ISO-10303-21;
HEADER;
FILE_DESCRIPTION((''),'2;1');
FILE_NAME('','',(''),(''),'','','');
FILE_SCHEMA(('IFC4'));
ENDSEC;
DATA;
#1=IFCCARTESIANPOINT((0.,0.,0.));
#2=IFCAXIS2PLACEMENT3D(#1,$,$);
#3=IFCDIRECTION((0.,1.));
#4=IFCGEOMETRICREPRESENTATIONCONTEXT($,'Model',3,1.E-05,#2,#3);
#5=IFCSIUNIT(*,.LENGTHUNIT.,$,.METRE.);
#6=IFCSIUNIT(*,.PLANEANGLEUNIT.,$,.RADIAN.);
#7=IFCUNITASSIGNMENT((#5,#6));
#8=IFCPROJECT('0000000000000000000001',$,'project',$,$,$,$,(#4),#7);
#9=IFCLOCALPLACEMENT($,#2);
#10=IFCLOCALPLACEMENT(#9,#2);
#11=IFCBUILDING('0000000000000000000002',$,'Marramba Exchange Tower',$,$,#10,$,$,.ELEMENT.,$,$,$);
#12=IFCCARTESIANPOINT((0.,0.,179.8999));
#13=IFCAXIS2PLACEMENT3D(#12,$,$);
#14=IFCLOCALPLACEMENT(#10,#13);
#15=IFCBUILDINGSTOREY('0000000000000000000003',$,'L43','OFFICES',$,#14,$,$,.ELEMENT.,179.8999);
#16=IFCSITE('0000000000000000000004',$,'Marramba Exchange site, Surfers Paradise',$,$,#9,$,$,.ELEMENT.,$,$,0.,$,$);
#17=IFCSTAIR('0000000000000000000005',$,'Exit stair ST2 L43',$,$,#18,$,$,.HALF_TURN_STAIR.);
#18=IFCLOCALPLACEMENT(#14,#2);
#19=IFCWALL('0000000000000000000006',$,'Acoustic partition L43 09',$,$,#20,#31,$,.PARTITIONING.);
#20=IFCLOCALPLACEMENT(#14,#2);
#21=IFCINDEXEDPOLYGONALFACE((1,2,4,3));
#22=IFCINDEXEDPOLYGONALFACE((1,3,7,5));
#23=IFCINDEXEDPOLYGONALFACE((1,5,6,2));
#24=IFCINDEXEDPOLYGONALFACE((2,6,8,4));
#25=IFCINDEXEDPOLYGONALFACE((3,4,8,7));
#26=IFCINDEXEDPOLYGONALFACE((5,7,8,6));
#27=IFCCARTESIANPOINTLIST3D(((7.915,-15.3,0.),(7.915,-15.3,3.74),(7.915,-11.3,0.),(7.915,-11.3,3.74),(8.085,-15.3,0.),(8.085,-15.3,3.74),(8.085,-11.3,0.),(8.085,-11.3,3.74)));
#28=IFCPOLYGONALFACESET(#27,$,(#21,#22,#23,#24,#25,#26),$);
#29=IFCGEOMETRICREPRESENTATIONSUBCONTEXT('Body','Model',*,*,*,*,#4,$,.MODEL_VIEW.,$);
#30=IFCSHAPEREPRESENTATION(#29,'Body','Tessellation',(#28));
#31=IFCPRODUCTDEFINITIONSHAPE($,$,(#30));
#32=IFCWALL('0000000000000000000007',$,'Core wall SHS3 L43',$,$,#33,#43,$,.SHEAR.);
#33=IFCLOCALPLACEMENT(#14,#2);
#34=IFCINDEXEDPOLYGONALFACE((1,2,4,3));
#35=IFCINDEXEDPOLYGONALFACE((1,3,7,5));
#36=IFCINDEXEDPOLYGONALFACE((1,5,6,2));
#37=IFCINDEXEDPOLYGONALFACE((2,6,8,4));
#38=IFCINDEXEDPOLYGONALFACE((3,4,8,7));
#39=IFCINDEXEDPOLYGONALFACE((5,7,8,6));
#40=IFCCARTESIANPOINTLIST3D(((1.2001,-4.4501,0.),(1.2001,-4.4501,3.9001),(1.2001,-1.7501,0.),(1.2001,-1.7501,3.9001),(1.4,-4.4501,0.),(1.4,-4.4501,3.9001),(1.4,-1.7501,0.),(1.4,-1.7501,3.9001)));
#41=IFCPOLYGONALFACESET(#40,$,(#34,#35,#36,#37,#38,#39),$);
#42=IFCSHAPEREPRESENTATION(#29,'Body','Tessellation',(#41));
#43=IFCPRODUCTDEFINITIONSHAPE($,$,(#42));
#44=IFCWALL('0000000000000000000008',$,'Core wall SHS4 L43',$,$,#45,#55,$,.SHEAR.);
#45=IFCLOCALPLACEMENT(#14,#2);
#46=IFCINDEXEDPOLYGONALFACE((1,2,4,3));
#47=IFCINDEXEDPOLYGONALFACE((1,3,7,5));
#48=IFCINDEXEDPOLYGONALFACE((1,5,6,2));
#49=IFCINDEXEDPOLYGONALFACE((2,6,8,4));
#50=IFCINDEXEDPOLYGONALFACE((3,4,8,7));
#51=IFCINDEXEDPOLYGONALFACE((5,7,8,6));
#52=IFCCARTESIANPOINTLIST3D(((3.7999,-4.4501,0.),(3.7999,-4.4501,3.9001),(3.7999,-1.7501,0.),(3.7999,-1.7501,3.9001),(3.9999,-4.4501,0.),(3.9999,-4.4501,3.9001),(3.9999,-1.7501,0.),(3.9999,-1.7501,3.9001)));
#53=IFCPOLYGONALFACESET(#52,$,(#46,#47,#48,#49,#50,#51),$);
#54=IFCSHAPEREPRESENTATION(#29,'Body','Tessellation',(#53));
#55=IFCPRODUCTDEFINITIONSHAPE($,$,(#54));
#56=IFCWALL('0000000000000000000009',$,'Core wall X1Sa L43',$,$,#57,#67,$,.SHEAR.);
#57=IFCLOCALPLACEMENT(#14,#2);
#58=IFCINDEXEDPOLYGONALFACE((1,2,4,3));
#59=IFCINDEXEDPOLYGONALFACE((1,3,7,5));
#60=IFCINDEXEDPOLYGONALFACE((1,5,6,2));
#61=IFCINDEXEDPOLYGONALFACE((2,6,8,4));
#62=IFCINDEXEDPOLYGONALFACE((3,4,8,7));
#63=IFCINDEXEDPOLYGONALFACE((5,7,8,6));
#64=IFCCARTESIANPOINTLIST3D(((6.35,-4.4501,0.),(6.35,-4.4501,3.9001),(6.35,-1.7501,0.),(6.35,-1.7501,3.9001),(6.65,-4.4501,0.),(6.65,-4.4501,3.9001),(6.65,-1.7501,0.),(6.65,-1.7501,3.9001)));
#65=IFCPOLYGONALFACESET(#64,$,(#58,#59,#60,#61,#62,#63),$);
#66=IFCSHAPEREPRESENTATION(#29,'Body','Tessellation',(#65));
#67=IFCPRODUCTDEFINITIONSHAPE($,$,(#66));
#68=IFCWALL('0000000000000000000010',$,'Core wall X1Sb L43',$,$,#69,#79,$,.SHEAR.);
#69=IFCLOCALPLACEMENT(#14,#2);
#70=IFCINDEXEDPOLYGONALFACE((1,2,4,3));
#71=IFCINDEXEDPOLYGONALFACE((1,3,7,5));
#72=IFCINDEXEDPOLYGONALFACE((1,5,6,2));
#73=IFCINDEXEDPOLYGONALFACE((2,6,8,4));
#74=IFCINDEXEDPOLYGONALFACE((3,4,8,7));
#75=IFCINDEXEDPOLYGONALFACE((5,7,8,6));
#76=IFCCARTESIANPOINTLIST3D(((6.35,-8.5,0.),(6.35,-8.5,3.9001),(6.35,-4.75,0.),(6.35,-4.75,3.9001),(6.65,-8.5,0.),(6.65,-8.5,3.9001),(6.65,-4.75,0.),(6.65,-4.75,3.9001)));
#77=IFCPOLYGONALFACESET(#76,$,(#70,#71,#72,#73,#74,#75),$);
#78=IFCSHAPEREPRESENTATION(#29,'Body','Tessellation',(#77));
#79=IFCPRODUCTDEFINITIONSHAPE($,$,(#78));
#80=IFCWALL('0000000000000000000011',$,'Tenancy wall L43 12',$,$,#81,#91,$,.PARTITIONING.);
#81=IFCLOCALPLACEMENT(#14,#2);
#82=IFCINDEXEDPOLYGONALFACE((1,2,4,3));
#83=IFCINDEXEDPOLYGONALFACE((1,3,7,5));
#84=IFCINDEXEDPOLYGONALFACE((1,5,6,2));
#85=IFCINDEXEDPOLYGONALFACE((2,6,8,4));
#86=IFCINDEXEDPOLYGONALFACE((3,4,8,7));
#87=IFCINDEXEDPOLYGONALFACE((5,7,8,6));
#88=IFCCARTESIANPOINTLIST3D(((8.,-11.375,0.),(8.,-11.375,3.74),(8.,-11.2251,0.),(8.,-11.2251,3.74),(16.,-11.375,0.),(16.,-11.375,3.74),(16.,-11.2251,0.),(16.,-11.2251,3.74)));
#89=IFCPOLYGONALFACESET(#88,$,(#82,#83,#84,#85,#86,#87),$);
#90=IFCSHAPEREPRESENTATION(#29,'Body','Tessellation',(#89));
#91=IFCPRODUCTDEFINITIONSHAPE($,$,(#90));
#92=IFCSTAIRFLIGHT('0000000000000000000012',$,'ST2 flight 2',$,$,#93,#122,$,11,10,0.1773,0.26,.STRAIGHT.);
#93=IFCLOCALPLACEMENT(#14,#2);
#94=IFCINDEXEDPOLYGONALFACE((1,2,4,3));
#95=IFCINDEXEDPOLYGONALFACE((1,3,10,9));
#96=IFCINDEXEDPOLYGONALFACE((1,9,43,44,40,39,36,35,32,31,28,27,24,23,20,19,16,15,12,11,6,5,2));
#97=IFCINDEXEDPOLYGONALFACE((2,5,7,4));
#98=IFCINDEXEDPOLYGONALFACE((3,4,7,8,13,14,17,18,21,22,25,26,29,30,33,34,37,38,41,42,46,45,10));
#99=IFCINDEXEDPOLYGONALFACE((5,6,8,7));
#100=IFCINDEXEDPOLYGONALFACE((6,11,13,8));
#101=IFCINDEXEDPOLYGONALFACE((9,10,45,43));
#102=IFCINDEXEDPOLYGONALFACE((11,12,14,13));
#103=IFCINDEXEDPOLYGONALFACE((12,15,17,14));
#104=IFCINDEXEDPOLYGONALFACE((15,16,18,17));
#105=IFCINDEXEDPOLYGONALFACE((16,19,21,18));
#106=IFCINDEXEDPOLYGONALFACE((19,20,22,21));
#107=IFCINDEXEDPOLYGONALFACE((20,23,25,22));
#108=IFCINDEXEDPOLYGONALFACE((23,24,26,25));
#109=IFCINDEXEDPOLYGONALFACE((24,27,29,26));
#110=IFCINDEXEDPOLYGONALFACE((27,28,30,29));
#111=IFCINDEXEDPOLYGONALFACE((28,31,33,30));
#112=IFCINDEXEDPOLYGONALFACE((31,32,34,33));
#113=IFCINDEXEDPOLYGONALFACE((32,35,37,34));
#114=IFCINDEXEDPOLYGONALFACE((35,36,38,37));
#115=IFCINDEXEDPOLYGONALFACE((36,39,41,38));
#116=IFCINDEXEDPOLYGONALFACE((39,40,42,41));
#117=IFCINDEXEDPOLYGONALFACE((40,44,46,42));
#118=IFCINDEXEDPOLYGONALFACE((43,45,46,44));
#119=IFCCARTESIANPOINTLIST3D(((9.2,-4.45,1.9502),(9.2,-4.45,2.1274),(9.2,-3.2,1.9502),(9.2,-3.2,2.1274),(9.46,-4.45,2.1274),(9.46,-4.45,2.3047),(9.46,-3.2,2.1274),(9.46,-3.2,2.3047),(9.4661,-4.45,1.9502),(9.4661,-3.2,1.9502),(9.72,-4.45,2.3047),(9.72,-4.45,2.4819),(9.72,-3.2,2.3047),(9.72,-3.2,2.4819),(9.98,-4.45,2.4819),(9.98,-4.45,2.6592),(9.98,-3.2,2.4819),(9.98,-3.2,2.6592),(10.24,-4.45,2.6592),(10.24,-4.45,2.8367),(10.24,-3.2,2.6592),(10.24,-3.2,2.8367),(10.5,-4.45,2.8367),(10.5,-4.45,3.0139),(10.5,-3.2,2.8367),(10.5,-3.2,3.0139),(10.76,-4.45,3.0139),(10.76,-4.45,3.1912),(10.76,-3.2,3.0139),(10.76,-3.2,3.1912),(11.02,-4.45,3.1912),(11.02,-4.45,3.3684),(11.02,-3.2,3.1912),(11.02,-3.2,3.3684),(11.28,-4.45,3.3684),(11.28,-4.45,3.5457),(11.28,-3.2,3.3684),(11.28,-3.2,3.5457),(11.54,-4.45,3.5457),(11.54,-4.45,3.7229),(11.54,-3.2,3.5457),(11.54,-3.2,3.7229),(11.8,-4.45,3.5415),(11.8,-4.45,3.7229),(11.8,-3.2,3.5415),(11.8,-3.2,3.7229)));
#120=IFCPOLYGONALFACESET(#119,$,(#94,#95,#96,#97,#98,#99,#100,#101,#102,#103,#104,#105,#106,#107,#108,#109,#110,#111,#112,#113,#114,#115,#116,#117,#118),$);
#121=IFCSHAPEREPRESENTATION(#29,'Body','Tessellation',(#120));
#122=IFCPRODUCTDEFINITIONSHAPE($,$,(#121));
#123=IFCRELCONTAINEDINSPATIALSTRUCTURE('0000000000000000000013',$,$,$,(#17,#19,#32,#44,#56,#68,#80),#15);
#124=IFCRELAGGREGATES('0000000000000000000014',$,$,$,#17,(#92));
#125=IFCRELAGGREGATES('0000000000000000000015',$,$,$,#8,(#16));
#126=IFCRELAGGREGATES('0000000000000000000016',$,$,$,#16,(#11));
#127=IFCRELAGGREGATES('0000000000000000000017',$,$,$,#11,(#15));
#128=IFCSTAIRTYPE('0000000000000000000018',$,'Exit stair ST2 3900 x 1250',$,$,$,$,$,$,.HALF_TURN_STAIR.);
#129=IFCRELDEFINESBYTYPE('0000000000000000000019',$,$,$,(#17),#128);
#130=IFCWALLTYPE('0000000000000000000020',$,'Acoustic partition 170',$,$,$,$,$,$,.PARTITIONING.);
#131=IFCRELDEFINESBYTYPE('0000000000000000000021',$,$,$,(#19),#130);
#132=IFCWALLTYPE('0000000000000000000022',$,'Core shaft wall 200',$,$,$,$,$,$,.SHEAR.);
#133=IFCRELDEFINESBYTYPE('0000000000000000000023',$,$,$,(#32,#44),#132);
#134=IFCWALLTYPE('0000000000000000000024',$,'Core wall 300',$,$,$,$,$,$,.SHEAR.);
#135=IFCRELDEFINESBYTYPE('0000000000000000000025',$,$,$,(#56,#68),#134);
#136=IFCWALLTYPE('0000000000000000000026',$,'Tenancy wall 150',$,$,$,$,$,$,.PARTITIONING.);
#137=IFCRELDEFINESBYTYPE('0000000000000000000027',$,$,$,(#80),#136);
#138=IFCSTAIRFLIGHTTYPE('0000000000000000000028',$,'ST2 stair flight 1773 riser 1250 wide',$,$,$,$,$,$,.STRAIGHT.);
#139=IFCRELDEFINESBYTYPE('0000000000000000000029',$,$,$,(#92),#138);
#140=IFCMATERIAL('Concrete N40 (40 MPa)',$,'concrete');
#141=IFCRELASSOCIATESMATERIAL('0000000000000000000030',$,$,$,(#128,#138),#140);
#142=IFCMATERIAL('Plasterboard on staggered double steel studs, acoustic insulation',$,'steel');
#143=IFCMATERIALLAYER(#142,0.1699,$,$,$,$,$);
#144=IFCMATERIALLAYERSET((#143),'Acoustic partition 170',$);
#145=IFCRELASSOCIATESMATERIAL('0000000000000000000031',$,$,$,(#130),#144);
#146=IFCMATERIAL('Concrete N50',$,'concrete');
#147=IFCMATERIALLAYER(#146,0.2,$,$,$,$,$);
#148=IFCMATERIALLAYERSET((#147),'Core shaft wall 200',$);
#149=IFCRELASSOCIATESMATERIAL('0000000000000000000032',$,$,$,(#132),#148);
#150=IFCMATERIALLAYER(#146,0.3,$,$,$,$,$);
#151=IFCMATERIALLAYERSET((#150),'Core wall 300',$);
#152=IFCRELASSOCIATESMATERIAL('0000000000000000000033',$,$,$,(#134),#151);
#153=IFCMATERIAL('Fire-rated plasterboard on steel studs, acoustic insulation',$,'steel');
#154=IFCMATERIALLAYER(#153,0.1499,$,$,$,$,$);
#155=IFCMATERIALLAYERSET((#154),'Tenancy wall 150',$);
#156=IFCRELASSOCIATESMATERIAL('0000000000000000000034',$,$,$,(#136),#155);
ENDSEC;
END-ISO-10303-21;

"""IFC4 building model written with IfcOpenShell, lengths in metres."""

from ifc_helpers import new_model, si_unit, direction, frame, frame_2d, origin, place, context, subcontext, project, spatial, polyline, rectangle, outline, extrude, material, layer, layer_set, type_object, element, aggregate, save


model = new_model("IFC4")

# Units and contexts
model_context = context("Model", 3, precision=1e-05, world=origin(), true_north=direction((0.0, 1.0)))
body_context = subcontext(model_context, "Body", "Model", "MODEL_VIEW")
ifc_project = project(units=[si_unit("LENGTHUNIT", "METRE"), si_unit("PLANEANGLEUNIT", "RADIAN")], contexts=[model_context])

# Site, building, storey
site_placement = place(None, origin())
site = spatial("IfcSite", under=ifc_project, at=site_placement, Name="Marramba Exchange site, Surfers Paradise", CompositionType="ELEMENT", RefElevation=0.0)
building_placement = place(site_placement, origin())
building = spatial("IfcBuilding", under=site, at=building_placement, Name="Marramba Exchange Tower", CompositionType="ELEMENT")
storey_placement = place(building_placement, frame((0.0, 0.0, 179.8999)))
storey = spatial("IfcBuildingStorey", under=building, at=storey_placement, Name="L43", Description="OFFICES", CompositionType="ELEMENT", Elevation=179.8999)

# Stair
ifc_material_1 = material(Name="Concrete N40 (40 MPa)", Category="concrete")
stair_type_1 = type_object("IfcStairType", Name="Exit stair ST2 3900 x 1250", PredefinedType="HALF_TURN_STAIR", material=ifc_material_1)
stair_1_placement = place(storey_placement, origin())
stair_1 = element("IfcStair", 1, at=stair_1_placement, inside=storey, type_object=stair_type_1, Name="Exit stair ST2 L43", PredefinedType="HALF_TURN_STAIR")

# Walls
ifc_material_2 = material(Name="Plasterboard on staggered double steel studs, acoustic insulation", Category="steel")
ifc_layer_1 = layer(ifc_material_2, 0.1699)
ifc_layer_set_1 = layer_set([ifc_layer_1], Name="Acoustic partition 170")
wall_type_1 = type_object("IfcWallType", Name="Acoustic partition 170", PredefinedType="PARTITIONING", material=ifc_layer_set_1)
wall_1_placement = place(storey_placement, frame((8.0, -11.3, 0.0), z_axis=(0.0, 0.0, 1.0), x_axis=(0.0, -1.0, 0.0)))
element("IfcWall", 2, at=wall_1_placement, inside=storey, type_object=wall_type_1, Name="Acoustic partition L43 09", PredefinedType="PARTITIONING", context=body_context, shape_type="SweptSolid", body=[
    extrude(rectangle(XDim=4.0, YDim=0.1699, at=frame_2d((2.0, 0.0))), origin(), (0.0, 0.0, 1.0), 3.74),
])
ifc_material_3 = material(Name="Concrete N50", Category="concrete")
ifc_layer_2 = layer(ifc_material_3, 0.2)
ifc_layer_set_2 = layer_set([ifc_layer_2], Name="Core shaft wall 200")
wall_type_2 = type_object("IfcWallType", Name="Core shaft wall 200", PredefinedType="SHEAR", material=ifc_layer_set_2)
for number, where, z_axis, x_axis, name in (
    (3, (1.3, -1.75, 0.0), (0.0, 0.0, 1.0), (0.0, -1.0, 0.0), "Core wall SHS3 L43"),
    (4, (3.8999, -1.75, 0.0), (0.0, 0.0, 1.0), (0.0, -1.0, 0.0), "Core wall SHS4 L43"),
):
    element("IfcWall", number, at=place(storey_placement, frame(where, z_axis=z_axis, x_axis=x_axis)), inside=storey, type_object=wall_type_2, Name=name, PredefinedType="SHEAR", context=body_context, shape_type="SweptSolid", body=[
        extrude(rectangle(XDim=2.7, YDim=0.2, at=frame_2d((1.3501, 0.0))), origin(), (0.0, 0.0, 1.0), 3.9001),
    ])
ifc_layer_3 = layer(ifc_material_3, 0.3)
ifc_layer_set_3 = layer_set([ifc_layer_3], Name="Core wall 300")
wall_type_3 = type_object("IfcWallType", Name="Core wall 300", PredefinedType="SHEAR", material=ifc_layer_set_3)
wall_2_placement = place(storey_placement, frame((6.5, -1.75, 0.0), z_axis=(0.0, 0.0, 1.0), x_axis=(0.0, -1.0, 0.0)))
element("IfcWall", 5, at=wall_2_placement, inside=storey, type_object=wall_type_3, Name="Core wall X1Sa L43", PredefinedType="SHEAR", context=body_context, shape_type="SweptSolid", body=[
    extrude(rectangle(XDim=2.7, YDim=0.3, at=frame_2d((1.3501, 0.0))), origin(), (0.0, 0.0, 1.0), 3.9001),
])
wall_3_placement = place(storey_placement, frame((6.5, -4.75, 0.0), z_axis=(0.0, 0.0, 1.0), x_axis=(0.0, -1.0, 0.0)))
element("IfcWall", 6, at=wall_3_placement, inside=storey, type_object=wall_type_3, Name="Core wall X1Sb L43", PredefinedType="SHEAR", context=body_context, shape_type="SweptSolid", body=[
    extrude(rectangle(XDim=3.75, YDim=0.3, at=frame_2d((1.875, 0.0))), origin(), (0.0, 0.0, 1.0), 3.9001),
])

# Wall
ifc_material_4 = material(Name="Fire-rated plasterboard on steel studs, acoustic insulation", Category="steel")
ifc_layer_4 = layer(ifc_material_4, 0.1499)
ifc_layer_set_4 = layer_set([ifc_layer_4], Name="Tenancy wall 150")
wall_type_4 = type_object("IfcWallType", Name="Tenancy wall 150", PredefinedType="PARTITIONING", material=ifc_layer_set_4)
wall_4_placement = place(storey_placement, frame((8.0, -11.3, 0.0), z_axis=(0.0, 0.0, 1.0), x_axis=(1.0, 0.0, 0.0)))
element("IfcWall", 7, at=wall_4_placement, inside=storey, type_object=wall_type_4, Name="Tenancy wall L43 12", PredefinedType="PARTITIONING", context=body_context, shape_type="SweptSolid", body=[
    extrude(rectangle(XDim=8.0, YDim=0.1499, at=frame_2d((4.0, 0.0))), origin(), (0.0, 0.0, 1.0), 3.74),
])

# Stair flight
stair_flight_type = type_object("IfcStairFlightType", Name="ST2 stair flight 1773 riser 1250 wide", PredefinedType="STRAIGHT", material=ifc_material_1)
stair_flight_placement = place(storey_placement, frame((9.2, -3.825, 1.9502), z_axis=(0.0, 0.0, 1.0), x_axis=(1.0, 0.0, 0.0)))
stair_flight = element("IfcStairFlight", 8, at=stair_flight_placement, type_object=stair_flight_type, Name="ST2 flight 2", NumberOfRisers=11, NumberOfTreads=10, PredefinedType="STRAIGHT", RiserHeight=0.1773, TreadLength=0.26, context=body_context, shape_type="SweptSolid", body=[
    extrude(outline(polyline([(0.0, 0.0), (0.0, 0.1772), (0.26, 0.1772), (0.26, 0.3545), (0.52, 0.3545), (0.52, 0.5317), (0.78, 0.5317), (0.78, 0.709), (1.04, 0.709), (1.04, 0.8865), (1.3, 0.8865), (1.3, 1.0637), (1.5601, 1.0637), (1.5601, 1.241), (1.8201, 1.241), (1.8201, 1.4182), (2.0801, 1.4182), (2.0801, 1.5955), (2.3401, 1.5955), (2.3401, 1.7727), (2.6001, 1.7727), (2.6001, 1.95), (2.6001, 1.5913), (0.2661, 0.0), (0.0, 0.0)])), frame((0.0, 0.625, 0.0), z_axis=(0.0, -1.0, 0.0), x_axis=(1.0, 0.0, 0.0)), (0.0, 0.0, 1.0), 1.25),
])
aggregate(stair_1, [stair_flight])

save(model, "model.ifc")
